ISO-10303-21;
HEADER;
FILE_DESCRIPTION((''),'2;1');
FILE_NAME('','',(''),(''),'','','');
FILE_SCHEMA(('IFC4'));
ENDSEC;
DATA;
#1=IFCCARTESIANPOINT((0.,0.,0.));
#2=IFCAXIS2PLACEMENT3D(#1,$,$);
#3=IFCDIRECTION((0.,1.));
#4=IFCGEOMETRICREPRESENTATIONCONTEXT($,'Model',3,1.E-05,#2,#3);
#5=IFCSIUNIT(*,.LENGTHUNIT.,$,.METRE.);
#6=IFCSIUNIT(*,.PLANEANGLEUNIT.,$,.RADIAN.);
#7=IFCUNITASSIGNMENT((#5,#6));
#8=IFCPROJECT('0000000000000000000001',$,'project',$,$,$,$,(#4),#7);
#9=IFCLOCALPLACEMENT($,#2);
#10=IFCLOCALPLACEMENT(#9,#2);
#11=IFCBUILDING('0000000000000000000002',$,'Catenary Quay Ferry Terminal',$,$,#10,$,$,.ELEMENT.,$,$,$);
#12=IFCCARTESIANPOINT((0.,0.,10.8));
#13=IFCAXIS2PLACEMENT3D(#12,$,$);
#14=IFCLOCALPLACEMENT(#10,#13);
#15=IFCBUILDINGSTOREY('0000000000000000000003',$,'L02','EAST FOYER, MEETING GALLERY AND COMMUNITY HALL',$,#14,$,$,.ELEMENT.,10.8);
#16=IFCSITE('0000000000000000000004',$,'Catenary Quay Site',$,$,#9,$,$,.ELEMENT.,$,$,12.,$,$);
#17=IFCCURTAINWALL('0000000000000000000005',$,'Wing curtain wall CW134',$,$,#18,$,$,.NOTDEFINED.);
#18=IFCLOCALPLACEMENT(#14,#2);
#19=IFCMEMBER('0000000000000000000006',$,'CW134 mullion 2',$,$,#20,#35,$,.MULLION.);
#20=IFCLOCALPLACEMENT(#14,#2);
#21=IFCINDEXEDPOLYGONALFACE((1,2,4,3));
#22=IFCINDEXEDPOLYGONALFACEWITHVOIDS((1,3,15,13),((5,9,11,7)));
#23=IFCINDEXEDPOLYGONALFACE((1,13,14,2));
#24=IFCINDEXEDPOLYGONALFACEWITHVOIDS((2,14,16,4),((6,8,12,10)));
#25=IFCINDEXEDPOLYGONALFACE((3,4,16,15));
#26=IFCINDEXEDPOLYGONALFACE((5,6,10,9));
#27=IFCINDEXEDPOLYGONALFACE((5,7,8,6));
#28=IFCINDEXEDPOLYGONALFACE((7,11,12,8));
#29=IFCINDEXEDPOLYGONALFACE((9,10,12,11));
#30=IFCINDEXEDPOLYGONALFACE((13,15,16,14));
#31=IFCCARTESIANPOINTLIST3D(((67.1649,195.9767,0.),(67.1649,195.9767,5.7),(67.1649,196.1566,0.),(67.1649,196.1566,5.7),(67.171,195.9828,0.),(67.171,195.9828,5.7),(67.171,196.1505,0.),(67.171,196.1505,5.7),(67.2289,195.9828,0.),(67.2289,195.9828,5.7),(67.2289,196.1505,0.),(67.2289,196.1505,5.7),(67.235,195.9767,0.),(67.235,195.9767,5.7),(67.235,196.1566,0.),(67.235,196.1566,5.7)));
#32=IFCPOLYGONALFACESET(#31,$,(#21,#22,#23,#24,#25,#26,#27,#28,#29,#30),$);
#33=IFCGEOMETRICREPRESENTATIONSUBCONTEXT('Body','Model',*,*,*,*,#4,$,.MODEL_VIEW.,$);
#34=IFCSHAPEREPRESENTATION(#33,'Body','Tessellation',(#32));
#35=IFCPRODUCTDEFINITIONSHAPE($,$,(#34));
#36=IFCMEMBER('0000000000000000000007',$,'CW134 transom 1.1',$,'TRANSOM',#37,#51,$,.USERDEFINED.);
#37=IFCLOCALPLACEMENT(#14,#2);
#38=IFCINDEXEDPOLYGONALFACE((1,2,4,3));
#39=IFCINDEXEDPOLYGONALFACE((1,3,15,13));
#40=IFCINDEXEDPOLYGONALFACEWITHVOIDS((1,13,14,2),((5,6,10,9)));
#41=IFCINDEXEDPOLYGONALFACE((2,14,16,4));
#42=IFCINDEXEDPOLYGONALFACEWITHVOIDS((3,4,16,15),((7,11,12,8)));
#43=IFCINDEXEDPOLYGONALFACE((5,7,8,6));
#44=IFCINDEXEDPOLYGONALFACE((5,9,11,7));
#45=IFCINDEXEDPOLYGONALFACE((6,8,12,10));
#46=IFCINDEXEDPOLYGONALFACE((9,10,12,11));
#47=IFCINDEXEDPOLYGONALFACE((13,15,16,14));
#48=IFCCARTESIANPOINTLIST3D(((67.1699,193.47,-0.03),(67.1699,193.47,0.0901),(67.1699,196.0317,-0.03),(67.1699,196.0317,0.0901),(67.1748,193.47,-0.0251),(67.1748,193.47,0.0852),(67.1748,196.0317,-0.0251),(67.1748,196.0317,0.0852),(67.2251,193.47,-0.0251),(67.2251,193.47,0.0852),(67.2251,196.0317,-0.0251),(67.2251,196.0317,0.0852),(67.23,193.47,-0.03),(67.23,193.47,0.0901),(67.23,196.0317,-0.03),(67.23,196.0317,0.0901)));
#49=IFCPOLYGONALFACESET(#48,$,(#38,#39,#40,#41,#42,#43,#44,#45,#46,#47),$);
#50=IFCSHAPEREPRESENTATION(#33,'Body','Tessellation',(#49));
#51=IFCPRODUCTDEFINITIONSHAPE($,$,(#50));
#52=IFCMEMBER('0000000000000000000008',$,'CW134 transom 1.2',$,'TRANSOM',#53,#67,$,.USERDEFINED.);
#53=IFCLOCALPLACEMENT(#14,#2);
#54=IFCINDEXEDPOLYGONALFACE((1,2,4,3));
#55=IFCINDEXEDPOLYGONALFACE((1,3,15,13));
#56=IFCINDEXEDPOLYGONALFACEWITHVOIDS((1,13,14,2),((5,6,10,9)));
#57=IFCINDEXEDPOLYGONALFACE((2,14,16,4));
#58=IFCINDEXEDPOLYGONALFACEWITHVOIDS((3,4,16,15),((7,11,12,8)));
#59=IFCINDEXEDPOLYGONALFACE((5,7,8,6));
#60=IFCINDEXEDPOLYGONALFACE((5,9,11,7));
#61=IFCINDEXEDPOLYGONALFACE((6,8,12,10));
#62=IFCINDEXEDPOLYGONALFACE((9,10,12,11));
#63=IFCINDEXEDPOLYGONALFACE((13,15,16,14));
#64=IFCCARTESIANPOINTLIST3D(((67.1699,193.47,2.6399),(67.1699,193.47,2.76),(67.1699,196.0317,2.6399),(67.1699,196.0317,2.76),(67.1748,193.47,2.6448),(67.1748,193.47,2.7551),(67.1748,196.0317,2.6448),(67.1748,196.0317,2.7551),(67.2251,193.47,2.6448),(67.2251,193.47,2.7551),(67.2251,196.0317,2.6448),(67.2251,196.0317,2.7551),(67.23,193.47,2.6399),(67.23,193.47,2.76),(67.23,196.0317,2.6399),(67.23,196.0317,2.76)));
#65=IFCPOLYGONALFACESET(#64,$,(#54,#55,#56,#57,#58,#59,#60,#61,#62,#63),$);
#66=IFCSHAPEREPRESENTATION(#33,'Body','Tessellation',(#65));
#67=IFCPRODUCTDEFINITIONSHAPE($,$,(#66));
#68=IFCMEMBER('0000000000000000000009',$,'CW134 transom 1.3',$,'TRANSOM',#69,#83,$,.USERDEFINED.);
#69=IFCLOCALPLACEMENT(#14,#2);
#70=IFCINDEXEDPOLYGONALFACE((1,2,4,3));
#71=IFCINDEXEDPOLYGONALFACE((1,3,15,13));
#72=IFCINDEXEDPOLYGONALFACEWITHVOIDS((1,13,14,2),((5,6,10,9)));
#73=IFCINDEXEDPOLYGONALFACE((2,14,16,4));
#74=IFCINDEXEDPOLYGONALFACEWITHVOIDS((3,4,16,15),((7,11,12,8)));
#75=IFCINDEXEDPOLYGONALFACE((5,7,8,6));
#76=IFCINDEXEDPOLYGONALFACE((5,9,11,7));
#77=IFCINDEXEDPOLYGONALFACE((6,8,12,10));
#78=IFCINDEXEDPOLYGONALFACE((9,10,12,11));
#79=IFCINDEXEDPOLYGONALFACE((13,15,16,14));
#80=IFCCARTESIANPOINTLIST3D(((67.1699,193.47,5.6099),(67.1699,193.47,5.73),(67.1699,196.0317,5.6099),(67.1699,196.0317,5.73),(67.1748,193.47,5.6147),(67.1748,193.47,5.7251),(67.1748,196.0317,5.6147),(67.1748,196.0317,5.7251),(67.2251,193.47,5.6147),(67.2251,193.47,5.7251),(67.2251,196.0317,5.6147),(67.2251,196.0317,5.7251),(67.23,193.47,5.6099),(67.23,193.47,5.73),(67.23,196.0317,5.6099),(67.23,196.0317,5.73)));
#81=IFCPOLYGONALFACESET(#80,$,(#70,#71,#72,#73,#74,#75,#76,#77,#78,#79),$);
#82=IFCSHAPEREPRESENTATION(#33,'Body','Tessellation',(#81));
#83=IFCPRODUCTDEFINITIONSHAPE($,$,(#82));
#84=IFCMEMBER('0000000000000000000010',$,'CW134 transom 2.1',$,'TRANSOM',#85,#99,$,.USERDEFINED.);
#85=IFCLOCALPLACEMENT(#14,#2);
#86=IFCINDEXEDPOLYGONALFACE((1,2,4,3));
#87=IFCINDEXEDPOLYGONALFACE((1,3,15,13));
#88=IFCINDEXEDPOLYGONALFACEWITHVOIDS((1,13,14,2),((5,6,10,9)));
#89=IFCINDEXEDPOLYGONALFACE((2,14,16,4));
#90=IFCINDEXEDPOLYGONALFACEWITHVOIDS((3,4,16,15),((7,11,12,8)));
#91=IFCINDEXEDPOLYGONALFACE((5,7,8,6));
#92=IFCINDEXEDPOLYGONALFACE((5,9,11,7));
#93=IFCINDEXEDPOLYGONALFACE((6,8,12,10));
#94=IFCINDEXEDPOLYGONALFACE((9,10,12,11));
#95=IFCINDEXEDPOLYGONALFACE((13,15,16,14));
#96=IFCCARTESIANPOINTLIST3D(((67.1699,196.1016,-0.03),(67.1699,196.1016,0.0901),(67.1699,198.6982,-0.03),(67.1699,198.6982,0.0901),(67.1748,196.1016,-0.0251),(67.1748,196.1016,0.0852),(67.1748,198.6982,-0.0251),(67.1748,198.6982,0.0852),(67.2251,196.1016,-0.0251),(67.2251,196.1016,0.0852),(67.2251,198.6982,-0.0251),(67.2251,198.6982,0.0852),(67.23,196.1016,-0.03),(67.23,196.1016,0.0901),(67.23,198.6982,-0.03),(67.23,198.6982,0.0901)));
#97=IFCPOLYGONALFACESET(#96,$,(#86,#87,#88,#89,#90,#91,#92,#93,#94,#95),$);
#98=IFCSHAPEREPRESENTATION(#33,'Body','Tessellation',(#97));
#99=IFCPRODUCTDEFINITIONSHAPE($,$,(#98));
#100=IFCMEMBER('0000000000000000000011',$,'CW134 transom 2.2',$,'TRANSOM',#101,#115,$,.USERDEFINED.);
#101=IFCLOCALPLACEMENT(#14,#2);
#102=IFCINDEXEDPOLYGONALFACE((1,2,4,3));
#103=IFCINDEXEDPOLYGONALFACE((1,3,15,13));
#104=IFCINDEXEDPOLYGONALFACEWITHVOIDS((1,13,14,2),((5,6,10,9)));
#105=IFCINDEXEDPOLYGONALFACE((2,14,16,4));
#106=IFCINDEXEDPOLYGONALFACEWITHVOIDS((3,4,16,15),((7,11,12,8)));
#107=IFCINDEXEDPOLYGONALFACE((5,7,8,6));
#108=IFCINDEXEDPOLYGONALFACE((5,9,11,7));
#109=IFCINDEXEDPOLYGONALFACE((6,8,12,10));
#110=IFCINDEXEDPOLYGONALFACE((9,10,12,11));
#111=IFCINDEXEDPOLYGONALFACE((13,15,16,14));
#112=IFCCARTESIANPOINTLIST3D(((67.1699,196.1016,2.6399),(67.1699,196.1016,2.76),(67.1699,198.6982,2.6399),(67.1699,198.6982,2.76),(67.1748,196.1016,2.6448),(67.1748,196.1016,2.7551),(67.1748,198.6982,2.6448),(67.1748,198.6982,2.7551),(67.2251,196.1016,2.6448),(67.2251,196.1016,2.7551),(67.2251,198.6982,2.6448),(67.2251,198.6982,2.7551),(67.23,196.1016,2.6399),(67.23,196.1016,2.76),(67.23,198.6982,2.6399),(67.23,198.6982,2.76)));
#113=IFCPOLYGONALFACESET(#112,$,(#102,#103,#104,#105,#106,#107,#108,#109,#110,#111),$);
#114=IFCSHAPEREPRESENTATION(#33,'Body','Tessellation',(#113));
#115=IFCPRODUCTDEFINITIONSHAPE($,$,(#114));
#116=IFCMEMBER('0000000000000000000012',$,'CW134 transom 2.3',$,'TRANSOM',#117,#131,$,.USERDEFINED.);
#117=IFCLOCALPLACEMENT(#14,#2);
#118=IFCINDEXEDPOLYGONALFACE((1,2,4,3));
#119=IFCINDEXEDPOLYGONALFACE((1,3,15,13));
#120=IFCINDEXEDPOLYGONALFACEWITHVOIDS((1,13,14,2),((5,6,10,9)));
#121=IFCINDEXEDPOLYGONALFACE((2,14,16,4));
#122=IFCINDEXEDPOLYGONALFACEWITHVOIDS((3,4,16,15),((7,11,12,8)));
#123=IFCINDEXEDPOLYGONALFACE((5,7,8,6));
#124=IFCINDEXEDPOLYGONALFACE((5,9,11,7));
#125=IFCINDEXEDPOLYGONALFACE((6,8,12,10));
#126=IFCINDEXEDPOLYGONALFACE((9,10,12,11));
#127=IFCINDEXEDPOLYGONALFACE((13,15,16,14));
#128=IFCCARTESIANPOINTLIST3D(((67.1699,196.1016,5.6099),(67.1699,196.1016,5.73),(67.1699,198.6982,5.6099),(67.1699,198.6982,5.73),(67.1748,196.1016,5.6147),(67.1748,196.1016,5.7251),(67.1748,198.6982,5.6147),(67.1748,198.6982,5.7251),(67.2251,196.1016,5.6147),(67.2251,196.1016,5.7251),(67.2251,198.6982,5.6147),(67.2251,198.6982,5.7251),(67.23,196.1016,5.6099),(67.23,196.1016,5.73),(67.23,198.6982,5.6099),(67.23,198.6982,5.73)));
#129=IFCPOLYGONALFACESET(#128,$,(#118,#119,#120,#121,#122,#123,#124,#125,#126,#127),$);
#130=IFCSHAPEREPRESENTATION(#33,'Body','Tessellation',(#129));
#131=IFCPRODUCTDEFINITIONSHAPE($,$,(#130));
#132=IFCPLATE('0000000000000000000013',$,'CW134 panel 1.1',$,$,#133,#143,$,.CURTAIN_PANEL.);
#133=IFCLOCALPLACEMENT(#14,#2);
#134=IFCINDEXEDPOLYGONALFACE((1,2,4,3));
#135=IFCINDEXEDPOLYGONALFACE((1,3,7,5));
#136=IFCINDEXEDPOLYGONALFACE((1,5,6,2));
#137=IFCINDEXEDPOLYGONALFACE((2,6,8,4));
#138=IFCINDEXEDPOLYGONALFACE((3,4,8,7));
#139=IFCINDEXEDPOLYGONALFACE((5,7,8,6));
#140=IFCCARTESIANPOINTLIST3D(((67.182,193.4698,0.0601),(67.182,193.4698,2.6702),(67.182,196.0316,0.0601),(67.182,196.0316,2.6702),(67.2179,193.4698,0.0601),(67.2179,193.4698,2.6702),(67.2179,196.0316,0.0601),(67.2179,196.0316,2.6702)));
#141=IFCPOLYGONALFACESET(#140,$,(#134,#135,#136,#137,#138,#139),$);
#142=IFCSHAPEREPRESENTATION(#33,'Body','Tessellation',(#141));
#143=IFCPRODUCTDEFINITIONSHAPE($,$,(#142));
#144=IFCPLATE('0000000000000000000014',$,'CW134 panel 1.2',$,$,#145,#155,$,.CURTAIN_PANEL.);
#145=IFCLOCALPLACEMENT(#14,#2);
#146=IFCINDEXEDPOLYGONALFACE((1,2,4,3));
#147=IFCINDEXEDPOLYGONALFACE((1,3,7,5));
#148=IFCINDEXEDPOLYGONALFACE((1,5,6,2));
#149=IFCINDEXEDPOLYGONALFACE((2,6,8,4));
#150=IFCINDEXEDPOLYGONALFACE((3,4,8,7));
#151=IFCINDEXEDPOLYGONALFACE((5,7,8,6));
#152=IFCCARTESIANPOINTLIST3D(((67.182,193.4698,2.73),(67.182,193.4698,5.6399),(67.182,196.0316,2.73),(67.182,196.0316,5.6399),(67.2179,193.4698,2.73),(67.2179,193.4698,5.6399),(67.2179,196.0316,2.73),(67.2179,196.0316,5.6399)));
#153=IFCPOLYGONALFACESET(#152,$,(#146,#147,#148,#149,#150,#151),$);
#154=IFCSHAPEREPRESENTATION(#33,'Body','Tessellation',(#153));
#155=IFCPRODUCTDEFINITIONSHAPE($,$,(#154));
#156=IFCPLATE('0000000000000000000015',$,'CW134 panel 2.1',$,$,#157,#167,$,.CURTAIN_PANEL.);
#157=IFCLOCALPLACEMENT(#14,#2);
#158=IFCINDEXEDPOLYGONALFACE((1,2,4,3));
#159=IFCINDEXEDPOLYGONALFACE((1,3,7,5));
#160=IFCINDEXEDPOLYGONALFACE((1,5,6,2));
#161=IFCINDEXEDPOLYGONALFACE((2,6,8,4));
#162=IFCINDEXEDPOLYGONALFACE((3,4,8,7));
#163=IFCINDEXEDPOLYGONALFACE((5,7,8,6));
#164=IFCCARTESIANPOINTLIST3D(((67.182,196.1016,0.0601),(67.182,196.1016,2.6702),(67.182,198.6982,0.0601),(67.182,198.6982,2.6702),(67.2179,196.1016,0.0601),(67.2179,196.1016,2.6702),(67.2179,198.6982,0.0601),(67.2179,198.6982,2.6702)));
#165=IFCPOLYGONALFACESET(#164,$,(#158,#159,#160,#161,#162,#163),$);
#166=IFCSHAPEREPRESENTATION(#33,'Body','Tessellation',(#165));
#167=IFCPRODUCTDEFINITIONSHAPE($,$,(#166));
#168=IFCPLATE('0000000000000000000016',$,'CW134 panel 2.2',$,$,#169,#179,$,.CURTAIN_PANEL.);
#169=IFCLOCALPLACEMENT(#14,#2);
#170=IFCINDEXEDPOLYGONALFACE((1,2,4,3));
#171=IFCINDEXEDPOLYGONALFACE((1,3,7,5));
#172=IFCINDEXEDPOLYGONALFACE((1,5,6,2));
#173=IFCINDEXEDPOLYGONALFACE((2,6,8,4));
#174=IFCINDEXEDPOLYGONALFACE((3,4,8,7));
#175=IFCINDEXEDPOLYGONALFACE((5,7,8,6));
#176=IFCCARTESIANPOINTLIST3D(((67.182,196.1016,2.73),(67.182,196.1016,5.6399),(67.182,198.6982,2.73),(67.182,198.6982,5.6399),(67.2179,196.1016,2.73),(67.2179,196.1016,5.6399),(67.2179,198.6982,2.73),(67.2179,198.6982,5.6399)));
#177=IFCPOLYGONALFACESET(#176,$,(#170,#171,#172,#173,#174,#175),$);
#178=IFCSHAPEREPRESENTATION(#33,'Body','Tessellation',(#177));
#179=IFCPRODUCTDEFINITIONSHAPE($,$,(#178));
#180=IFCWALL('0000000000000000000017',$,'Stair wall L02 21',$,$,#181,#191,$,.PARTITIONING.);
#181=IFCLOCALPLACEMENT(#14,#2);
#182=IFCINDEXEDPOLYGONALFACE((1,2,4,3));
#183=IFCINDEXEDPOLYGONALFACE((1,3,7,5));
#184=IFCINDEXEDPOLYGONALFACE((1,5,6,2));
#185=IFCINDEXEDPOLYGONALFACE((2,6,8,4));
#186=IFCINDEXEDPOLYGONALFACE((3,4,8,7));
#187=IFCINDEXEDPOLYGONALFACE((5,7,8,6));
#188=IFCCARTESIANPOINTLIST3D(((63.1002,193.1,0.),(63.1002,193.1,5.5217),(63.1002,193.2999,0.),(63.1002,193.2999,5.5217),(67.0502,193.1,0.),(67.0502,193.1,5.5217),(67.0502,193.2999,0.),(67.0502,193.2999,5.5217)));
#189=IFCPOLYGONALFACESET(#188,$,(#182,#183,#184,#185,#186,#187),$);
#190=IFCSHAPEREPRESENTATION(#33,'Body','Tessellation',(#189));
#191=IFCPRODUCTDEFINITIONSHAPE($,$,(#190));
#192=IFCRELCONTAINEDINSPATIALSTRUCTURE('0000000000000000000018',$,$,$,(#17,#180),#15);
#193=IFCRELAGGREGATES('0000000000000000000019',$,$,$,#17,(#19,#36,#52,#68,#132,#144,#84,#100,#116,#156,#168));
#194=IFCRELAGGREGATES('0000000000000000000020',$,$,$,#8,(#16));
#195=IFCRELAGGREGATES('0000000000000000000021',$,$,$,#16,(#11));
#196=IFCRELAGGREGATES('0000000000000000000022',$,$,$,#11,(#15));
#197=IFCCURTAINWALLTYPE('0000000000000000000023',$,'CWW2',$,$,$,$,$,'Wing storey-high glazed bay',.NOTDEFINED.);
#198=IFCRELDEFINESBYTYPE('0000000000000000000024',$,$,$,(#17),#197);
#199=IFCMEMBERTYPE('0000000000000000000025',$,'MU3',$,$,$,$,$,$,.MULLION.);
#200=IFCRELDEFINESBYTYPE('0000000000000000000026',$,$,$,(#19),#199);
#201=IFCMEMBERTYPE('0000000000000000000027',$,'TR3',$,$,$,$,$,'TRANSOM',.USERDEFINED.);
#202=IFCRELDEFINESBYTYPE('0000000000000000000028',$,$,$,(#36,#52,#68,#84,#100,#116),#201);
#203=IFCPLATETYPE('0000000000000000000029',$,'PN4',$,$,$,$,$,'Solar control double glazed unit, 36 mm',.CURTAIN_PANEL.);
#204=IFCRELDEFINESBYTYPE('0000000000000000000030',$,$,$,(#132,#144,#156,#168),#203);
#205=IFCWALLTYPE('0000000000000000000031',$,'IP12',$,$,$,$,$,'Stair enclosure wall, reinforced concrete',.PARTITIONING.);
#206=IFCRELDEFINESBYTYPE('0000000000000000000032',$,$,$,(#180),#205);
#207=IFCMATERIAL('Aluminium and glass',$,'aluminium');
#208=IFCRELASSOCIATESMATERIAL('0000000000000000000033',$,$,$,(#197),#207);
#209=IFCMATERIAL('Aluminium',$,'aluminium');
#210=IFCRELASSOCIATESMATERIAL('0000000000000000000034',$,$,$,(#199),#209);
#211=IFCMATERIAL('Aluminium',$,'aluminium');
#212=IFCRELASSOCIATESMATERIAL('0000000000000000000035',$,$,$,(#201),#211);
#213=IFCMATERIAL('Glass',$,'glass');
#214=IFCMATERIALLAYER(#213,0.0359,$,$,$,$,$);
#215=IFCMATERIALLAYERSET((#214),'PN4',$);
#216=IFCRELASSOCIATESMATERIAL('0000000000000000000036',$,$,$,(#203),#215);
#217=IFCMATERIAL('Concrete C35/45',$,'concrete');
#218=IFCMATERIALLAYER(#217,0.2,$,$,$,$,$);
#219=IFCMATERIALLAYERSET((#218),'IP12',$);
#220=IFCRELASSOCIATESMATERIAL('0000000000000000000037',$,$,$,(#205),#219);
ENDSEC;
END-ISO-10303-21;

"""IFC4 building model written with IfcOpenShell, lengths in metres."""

from ifc_helpers import new_model, si_unit, direction, frame, frame_2d, origin, origin_2d, place, context, subcontext, project, spatial, rectangle, hollow_rectangle, extrude, material, layer, layer_set, material_profile, profile_set, type_object, element, aggregate, save


model = new_model("IFC4")

# Units and contexts
model_context = context("Model", 3, precision=1e-05, world=origin(), true_north=direction((0.0, 1.0)))
body_context = subcontext(model_context, "Body", "Model", "MODEL_VIEW")
ifc_project = project(units=[si_unit("LENGTHUNIT", "METRE"), si_unit("PLANEANGLEUNIT", "RADIAN")], contexts=[model_context])

# Site, building, storey
site_placement = place(None, origin())
site = spatial("IfcSite", under=ifc_project, at=site_placement, Name="Catenary Quay Site", CompositionType="ELEMENT", RefElevation=12.0)
building_placement = place(site_placement, origin())
building = spatial("IfcBuilding", under=site, at=building_placement, Name="Catenary Quay Ferry Terminal", CompositionType="ELEMENT")
storey_placement = place(building_placement, frame((0.0, 0.0, 10.8)))
storey = spatial("IfcBuildingStorey", under=building, at=storey_placement, Name="L02", Description="EAST FOYER, MEETING GALLERY AND COMMUNITY HALL", CompositionType="ELEMENT", Elevation=10.8)

# Shared definitions
ifc_material_1 = material(Name="Aluminium and glass", Category="aluminium")
curtain_wall_type = type_object("IfcCurtainWallType", Name="CWW2", ElementType="Wing storey-high glazed bay", PredefinedType="NOTDEFINED", material=ifc_material_1)
ifc_material_2 = material(Name="Aluminium", Category="aluminium")
ifc_material_profile_1 = material_profile(ifc_material_2, hollow_rectangle(XDim=0.0701, YDim=0.1799, WallThickness=0.0061, at=origin_2d()), Name="MU3")
ifc_profile_set_1 = profile_set([ifc_material_profile_1], Name="Aluminium")
member_type_1 = type_object("IfcMemberType", Name="MU3", PredefinedType="MULLION", material=ifc_profile_set_1)

# Curtain wall, members, plates
curtain_wall_1_placement = place(storey_placement, origin())
curtain_wall_1 = element("IfcCurtainWall", 1, at=curtain_wall_1_placement, inside=storey, type_object=curtain_wall_type, Name="Wing curtain wall CW134", PredefinedType="NOTDEFINED")
member_1_placement = place(storey_placement, frame((67.2, 196.0667, 0.0), z_axis=(0.0, 0.0, 1.0), x_axis=(-1.0, 0.0, 0.0)))
member_1 = element("IfcMember", 2, at=member_1_placement, type_object=member_type_1, Name="CW134 mullion 2", PredefinedType="MULLION", context=body_context, shape_type="SweptSolid", body=[
    extrude(hollow_rectangle(XDim=0.0701, YDim=0.1799, WallThickness=0.0061, at=origin_2d()), origin(), (0.0, 0.0, 1.0), 5.7),
])
ifc_material_3 = material(Name="Aluminium", Category="aluminium")
ifc_material_profile_2 = material_profile(ifc_material_3, hollow_rectangle(XDim=0.0601, YDim=0.1201, WallThickness=0.0049, at=origin_2d()), Name="TR3")
ifc_profile_set_2 = profile_set([ifc_material_profile_2], Name="Aluminium")
member_type_2 = type_object("IfcMemberType", Name="TR3", ElementType="TRANSOM", PredefinedType="USERDEFINED", material=ifc_profile_set_2)
member_2_placement = place(storey_placement, frame((67.2, 193.47, 0.03), z_axis=(0.0, 1.0, 0.0), x_axis=(-1.0, 0.0, 0.0)))
member_2 = element("IfcMember", 3, at=member_2_placement, type_object=member_type_2, Name="CW134 transom 1.1", ObjectType="TRANSOM", PredefinedType="USERDEFINED", context=body_context, shape_type="SweptSolid", body=[
    extrude(hollow_rectangle(XDim=0.0601, YDim=0.1201, WallThickness=0.0049, at=origin_2d()), origin(), (0.0, 0.0, 1.0), 2.5618),
])
member_3_placement = place(storey_placement, frame((67.2, 193.47, 2.7), z_axis=(0.0, 1.0, 0.0), x_axis=(-1.0, 0.0, 0.0)))
member_3 = element("IfcMember", 4, at=member_3_placement, type_object=member_type_2, Name="CW134 transom 1.2", ObjectType="TRANSOM", PredefinedType="USERDEFINED", context=body_context, shape_type="SweptSolid", body=[
    extrude(hollow_rectangle(XDim=0.0601, YDim=0.1201, WallThickness=0.0049, at=origin_2d()), origin(), (0.0, 0.0, 1.0), 2.5618),
])
member_4_placement = place(storey_placement, frame((67.2, 193.47, 5.6699), z_axis=(0.0, 1.0, 0.0), x_axis=(-1.0, 0.0, 0.0)))
member_4 = element("IfcMember", 5, at=member_4_placement, type_object=member_type_2, Name="CW134 transom 1.3", ObjectType="TRANSOM", PredefinedType="USERDEFINED", context=body_context, shape_type="SweptSolid", body=[
    extrude(hollow_rectangle(XDim=0.0601, YDim=0.1201, WallThickness=0.0049, at=origin_2d()), origin(), (0.0, 0.0, 1.0), 2.5618),
])
member_5_placement = place(storey_placement, frame((67.2, 196.1016, 0.03), z_axis=(0.0, 1.0, 0.0), x_axis=(-1.0, 0.0, 0.0)))
member_5 = element("IfcMember", 6, at=member_5_placement, type_object=member_type_2, Name="CW134 transom 2.1", ObjectType="TRANSOM", PredefinedType="USERDEFINED", context=body_context, shape_type="SweptSolid", body=[
    extrude(hollow_rectangle(XDim=0.0601, YDim=0.1201, WallThickness=0.0049, at=origin_2d()), origin(), (0.0, 0.0, 1.0), 2.5967),
])
member_6_placement = place(storey_placement, frame((67.2, 196.1016, 2.7), z_axis=(0.0, 1.0, 0.0), x_axis=(-1.0, 0.0, 0.0)))
member_6 = element("IfcMember", 7, at=member_6_placement, type_object=member_type_2, Name="CW134 transom 2.2", ObjectType="TRANSOM", PredefinedType="USERDEFINED", context=body_context, shape_type="SweptSolid", body=[
    extrude(hollow_rectangle(XDim=0.0601, YDim=0.1201, WallThickness=0.0049, at=origin_2d()), origin(), (0.0, 0.0, 1.0), 2.5967),
])
member_7_placement = place(storey_placement, frame((67.2, 196.1016, 5.6699), z_axis=(0.0, 1.0, 0.0), x_axis=(-1.0, 0.0, 0.0)))
member_7 = element("IfcMember", 8, at=member_7_placement, type_object=member_type_2, Name="CW134 transom 2.3", ObjectType="TRANSOM", PredefinedType="USERDEFINED", context=body_context, shape_type="SweptSolid", body=[
    extrude(hollow_rectangle(XDim=0.0601, YDim=0.1201, WallThickness=0.0049, at=origin_2d()), origin(), (0.0, 0.0, 1.0), 2.5967),
])
ifc_material_4 = material(Name="Glass", Category="glass")
ifc_layer_1 = layer(ifc_material_4, 0.0359)
ifc_layer_set_1 = layer_set([ifc_layer_1], Name="PN4")
plate_type = type_object("IfcPlateType", Name="PN4", ElementType="Solar control double glazed unit, 36 mm", PredefinedType="CURTAIN_PANEL", material=ifc_layer_set_1)
plate_1_placement = place(storey_placement, frame((67.2, 194.7507, 0.0601), z_axis=(0.0, 0.0, 1.0), x_axis=(0.0, 1.0, 0.0)))
plate_1 = element("IfcPlate", 9, at=plate_1_placement, type_object=plate_type, Name="CW134 panel 1.1", PredefinedType="CURTAIN_PANEL", context=body_context, shape_type="SweptSolid", body=[
    extrude(rectangle(XDim=2.5618, YDim=0.0359, at=origin_2d()), origin(), (0.0, 0.0, 1.0), 2.6101),
])
plate_2_placement = place(storey_placement, frame((67.2, 194.7507, 2.73), z_axis=(0.0, 0.0, 1.0), x_axis=(0.0, 1.0, 0.0)))
plate_2 = element("IfcPlate", 10, at=plate_2_placement, type_object=plate_type, Name="CW134 panel 1.2", PredefinedType="CURTAIN_PANEL", context=body_context, shape_type="SweptSolid", body=[
    extrude(rectangle(XDim=2.5618, YDim=0.0359, at=origin_2d()), origin(), (0.0, 0.0, 1.0), 2.9099),
])
plate_3_placement = place(storey_placement, frame((67.2, 197.3999, 0.0601), z_axis=(0.0, 0.0, 1.0), x_axis=(0.0, 1.0, 0.0)))
plate_3 = element("IfcPlate", 11, at=plate_3_placement, type_object=plate_type, Name="CW134 panel 2.1", PredefinedType="CURTAIN_PANEL", context=body_context, shape_type="SweptSolid", body=[
    extrude(rectangle(XDim=2.5967, YDim=0.0359, at=origin_2d()), origin(), (0.0, 0.0, 1.0), 2.6101),
])
plate_4_placement = place(storey_placement, frame((67.2, 197.3999, 2.73), z_axis=(0.0, 0.0, 1.0), x_axis=(0.0, 1.0, 0.0)))
plate_4 = element("IfcPlate", 12, at=plate_4_placement, type_object=plate_type, Name="CW134 panel 2.2", PredefinedType="CURTAIN_PANEL", context=body_context, shape_type="SweptSolid", body=[
    extrude(rectangle(XDim=2.5967, YDim=0.0359, at=origin_2d()), origin(), (0.0, 0.0, 1.0), 2.9099),
])
aggregate(curtain_wall_1, [member_1, member_2, member_3, member_4, plate_1, plate_2, member_5, member_6, member_7, plate_3, plate_4])

# Wall
ifc_material_5 = material(Name="Concrete C35/45", Category="concrete")
ifc_layer_2 = layer(ifc_material_5, 0.2)
ifc_layer_set_2 = layer_set([ifc_layer_2], Name="IP12")
wall_type_1 = type_object("IfcWallType", Name="IP12", ElementType="Stair enclosure wall, reinforced concrete", PredefinedType="PARTITIONING", material=ifc_layer_set_2)
wall_1_placement = place(storey_placement, frame((63.1001, 193.2, 0.0), z_axis=(0.0, 0.0, 1.0), x_axis=(1.0, 0.0, 0.0)))
element("IfcWall", 13, at=wall_1_placement, inside=storey, type_object=wall_type_1, Name="Stair wall L02 21", PredefinedType="PARTITIONING", context=body_context, shape_type="SweptSolid", body=[
    extrude(rectangle(XDim=3.95, YDim=0.2, at=frame_2d((1.9751, 0.0))), origin(), (0.0, 0.0, 1.0), 5.5217),
])

save(model, "model.ifc")
